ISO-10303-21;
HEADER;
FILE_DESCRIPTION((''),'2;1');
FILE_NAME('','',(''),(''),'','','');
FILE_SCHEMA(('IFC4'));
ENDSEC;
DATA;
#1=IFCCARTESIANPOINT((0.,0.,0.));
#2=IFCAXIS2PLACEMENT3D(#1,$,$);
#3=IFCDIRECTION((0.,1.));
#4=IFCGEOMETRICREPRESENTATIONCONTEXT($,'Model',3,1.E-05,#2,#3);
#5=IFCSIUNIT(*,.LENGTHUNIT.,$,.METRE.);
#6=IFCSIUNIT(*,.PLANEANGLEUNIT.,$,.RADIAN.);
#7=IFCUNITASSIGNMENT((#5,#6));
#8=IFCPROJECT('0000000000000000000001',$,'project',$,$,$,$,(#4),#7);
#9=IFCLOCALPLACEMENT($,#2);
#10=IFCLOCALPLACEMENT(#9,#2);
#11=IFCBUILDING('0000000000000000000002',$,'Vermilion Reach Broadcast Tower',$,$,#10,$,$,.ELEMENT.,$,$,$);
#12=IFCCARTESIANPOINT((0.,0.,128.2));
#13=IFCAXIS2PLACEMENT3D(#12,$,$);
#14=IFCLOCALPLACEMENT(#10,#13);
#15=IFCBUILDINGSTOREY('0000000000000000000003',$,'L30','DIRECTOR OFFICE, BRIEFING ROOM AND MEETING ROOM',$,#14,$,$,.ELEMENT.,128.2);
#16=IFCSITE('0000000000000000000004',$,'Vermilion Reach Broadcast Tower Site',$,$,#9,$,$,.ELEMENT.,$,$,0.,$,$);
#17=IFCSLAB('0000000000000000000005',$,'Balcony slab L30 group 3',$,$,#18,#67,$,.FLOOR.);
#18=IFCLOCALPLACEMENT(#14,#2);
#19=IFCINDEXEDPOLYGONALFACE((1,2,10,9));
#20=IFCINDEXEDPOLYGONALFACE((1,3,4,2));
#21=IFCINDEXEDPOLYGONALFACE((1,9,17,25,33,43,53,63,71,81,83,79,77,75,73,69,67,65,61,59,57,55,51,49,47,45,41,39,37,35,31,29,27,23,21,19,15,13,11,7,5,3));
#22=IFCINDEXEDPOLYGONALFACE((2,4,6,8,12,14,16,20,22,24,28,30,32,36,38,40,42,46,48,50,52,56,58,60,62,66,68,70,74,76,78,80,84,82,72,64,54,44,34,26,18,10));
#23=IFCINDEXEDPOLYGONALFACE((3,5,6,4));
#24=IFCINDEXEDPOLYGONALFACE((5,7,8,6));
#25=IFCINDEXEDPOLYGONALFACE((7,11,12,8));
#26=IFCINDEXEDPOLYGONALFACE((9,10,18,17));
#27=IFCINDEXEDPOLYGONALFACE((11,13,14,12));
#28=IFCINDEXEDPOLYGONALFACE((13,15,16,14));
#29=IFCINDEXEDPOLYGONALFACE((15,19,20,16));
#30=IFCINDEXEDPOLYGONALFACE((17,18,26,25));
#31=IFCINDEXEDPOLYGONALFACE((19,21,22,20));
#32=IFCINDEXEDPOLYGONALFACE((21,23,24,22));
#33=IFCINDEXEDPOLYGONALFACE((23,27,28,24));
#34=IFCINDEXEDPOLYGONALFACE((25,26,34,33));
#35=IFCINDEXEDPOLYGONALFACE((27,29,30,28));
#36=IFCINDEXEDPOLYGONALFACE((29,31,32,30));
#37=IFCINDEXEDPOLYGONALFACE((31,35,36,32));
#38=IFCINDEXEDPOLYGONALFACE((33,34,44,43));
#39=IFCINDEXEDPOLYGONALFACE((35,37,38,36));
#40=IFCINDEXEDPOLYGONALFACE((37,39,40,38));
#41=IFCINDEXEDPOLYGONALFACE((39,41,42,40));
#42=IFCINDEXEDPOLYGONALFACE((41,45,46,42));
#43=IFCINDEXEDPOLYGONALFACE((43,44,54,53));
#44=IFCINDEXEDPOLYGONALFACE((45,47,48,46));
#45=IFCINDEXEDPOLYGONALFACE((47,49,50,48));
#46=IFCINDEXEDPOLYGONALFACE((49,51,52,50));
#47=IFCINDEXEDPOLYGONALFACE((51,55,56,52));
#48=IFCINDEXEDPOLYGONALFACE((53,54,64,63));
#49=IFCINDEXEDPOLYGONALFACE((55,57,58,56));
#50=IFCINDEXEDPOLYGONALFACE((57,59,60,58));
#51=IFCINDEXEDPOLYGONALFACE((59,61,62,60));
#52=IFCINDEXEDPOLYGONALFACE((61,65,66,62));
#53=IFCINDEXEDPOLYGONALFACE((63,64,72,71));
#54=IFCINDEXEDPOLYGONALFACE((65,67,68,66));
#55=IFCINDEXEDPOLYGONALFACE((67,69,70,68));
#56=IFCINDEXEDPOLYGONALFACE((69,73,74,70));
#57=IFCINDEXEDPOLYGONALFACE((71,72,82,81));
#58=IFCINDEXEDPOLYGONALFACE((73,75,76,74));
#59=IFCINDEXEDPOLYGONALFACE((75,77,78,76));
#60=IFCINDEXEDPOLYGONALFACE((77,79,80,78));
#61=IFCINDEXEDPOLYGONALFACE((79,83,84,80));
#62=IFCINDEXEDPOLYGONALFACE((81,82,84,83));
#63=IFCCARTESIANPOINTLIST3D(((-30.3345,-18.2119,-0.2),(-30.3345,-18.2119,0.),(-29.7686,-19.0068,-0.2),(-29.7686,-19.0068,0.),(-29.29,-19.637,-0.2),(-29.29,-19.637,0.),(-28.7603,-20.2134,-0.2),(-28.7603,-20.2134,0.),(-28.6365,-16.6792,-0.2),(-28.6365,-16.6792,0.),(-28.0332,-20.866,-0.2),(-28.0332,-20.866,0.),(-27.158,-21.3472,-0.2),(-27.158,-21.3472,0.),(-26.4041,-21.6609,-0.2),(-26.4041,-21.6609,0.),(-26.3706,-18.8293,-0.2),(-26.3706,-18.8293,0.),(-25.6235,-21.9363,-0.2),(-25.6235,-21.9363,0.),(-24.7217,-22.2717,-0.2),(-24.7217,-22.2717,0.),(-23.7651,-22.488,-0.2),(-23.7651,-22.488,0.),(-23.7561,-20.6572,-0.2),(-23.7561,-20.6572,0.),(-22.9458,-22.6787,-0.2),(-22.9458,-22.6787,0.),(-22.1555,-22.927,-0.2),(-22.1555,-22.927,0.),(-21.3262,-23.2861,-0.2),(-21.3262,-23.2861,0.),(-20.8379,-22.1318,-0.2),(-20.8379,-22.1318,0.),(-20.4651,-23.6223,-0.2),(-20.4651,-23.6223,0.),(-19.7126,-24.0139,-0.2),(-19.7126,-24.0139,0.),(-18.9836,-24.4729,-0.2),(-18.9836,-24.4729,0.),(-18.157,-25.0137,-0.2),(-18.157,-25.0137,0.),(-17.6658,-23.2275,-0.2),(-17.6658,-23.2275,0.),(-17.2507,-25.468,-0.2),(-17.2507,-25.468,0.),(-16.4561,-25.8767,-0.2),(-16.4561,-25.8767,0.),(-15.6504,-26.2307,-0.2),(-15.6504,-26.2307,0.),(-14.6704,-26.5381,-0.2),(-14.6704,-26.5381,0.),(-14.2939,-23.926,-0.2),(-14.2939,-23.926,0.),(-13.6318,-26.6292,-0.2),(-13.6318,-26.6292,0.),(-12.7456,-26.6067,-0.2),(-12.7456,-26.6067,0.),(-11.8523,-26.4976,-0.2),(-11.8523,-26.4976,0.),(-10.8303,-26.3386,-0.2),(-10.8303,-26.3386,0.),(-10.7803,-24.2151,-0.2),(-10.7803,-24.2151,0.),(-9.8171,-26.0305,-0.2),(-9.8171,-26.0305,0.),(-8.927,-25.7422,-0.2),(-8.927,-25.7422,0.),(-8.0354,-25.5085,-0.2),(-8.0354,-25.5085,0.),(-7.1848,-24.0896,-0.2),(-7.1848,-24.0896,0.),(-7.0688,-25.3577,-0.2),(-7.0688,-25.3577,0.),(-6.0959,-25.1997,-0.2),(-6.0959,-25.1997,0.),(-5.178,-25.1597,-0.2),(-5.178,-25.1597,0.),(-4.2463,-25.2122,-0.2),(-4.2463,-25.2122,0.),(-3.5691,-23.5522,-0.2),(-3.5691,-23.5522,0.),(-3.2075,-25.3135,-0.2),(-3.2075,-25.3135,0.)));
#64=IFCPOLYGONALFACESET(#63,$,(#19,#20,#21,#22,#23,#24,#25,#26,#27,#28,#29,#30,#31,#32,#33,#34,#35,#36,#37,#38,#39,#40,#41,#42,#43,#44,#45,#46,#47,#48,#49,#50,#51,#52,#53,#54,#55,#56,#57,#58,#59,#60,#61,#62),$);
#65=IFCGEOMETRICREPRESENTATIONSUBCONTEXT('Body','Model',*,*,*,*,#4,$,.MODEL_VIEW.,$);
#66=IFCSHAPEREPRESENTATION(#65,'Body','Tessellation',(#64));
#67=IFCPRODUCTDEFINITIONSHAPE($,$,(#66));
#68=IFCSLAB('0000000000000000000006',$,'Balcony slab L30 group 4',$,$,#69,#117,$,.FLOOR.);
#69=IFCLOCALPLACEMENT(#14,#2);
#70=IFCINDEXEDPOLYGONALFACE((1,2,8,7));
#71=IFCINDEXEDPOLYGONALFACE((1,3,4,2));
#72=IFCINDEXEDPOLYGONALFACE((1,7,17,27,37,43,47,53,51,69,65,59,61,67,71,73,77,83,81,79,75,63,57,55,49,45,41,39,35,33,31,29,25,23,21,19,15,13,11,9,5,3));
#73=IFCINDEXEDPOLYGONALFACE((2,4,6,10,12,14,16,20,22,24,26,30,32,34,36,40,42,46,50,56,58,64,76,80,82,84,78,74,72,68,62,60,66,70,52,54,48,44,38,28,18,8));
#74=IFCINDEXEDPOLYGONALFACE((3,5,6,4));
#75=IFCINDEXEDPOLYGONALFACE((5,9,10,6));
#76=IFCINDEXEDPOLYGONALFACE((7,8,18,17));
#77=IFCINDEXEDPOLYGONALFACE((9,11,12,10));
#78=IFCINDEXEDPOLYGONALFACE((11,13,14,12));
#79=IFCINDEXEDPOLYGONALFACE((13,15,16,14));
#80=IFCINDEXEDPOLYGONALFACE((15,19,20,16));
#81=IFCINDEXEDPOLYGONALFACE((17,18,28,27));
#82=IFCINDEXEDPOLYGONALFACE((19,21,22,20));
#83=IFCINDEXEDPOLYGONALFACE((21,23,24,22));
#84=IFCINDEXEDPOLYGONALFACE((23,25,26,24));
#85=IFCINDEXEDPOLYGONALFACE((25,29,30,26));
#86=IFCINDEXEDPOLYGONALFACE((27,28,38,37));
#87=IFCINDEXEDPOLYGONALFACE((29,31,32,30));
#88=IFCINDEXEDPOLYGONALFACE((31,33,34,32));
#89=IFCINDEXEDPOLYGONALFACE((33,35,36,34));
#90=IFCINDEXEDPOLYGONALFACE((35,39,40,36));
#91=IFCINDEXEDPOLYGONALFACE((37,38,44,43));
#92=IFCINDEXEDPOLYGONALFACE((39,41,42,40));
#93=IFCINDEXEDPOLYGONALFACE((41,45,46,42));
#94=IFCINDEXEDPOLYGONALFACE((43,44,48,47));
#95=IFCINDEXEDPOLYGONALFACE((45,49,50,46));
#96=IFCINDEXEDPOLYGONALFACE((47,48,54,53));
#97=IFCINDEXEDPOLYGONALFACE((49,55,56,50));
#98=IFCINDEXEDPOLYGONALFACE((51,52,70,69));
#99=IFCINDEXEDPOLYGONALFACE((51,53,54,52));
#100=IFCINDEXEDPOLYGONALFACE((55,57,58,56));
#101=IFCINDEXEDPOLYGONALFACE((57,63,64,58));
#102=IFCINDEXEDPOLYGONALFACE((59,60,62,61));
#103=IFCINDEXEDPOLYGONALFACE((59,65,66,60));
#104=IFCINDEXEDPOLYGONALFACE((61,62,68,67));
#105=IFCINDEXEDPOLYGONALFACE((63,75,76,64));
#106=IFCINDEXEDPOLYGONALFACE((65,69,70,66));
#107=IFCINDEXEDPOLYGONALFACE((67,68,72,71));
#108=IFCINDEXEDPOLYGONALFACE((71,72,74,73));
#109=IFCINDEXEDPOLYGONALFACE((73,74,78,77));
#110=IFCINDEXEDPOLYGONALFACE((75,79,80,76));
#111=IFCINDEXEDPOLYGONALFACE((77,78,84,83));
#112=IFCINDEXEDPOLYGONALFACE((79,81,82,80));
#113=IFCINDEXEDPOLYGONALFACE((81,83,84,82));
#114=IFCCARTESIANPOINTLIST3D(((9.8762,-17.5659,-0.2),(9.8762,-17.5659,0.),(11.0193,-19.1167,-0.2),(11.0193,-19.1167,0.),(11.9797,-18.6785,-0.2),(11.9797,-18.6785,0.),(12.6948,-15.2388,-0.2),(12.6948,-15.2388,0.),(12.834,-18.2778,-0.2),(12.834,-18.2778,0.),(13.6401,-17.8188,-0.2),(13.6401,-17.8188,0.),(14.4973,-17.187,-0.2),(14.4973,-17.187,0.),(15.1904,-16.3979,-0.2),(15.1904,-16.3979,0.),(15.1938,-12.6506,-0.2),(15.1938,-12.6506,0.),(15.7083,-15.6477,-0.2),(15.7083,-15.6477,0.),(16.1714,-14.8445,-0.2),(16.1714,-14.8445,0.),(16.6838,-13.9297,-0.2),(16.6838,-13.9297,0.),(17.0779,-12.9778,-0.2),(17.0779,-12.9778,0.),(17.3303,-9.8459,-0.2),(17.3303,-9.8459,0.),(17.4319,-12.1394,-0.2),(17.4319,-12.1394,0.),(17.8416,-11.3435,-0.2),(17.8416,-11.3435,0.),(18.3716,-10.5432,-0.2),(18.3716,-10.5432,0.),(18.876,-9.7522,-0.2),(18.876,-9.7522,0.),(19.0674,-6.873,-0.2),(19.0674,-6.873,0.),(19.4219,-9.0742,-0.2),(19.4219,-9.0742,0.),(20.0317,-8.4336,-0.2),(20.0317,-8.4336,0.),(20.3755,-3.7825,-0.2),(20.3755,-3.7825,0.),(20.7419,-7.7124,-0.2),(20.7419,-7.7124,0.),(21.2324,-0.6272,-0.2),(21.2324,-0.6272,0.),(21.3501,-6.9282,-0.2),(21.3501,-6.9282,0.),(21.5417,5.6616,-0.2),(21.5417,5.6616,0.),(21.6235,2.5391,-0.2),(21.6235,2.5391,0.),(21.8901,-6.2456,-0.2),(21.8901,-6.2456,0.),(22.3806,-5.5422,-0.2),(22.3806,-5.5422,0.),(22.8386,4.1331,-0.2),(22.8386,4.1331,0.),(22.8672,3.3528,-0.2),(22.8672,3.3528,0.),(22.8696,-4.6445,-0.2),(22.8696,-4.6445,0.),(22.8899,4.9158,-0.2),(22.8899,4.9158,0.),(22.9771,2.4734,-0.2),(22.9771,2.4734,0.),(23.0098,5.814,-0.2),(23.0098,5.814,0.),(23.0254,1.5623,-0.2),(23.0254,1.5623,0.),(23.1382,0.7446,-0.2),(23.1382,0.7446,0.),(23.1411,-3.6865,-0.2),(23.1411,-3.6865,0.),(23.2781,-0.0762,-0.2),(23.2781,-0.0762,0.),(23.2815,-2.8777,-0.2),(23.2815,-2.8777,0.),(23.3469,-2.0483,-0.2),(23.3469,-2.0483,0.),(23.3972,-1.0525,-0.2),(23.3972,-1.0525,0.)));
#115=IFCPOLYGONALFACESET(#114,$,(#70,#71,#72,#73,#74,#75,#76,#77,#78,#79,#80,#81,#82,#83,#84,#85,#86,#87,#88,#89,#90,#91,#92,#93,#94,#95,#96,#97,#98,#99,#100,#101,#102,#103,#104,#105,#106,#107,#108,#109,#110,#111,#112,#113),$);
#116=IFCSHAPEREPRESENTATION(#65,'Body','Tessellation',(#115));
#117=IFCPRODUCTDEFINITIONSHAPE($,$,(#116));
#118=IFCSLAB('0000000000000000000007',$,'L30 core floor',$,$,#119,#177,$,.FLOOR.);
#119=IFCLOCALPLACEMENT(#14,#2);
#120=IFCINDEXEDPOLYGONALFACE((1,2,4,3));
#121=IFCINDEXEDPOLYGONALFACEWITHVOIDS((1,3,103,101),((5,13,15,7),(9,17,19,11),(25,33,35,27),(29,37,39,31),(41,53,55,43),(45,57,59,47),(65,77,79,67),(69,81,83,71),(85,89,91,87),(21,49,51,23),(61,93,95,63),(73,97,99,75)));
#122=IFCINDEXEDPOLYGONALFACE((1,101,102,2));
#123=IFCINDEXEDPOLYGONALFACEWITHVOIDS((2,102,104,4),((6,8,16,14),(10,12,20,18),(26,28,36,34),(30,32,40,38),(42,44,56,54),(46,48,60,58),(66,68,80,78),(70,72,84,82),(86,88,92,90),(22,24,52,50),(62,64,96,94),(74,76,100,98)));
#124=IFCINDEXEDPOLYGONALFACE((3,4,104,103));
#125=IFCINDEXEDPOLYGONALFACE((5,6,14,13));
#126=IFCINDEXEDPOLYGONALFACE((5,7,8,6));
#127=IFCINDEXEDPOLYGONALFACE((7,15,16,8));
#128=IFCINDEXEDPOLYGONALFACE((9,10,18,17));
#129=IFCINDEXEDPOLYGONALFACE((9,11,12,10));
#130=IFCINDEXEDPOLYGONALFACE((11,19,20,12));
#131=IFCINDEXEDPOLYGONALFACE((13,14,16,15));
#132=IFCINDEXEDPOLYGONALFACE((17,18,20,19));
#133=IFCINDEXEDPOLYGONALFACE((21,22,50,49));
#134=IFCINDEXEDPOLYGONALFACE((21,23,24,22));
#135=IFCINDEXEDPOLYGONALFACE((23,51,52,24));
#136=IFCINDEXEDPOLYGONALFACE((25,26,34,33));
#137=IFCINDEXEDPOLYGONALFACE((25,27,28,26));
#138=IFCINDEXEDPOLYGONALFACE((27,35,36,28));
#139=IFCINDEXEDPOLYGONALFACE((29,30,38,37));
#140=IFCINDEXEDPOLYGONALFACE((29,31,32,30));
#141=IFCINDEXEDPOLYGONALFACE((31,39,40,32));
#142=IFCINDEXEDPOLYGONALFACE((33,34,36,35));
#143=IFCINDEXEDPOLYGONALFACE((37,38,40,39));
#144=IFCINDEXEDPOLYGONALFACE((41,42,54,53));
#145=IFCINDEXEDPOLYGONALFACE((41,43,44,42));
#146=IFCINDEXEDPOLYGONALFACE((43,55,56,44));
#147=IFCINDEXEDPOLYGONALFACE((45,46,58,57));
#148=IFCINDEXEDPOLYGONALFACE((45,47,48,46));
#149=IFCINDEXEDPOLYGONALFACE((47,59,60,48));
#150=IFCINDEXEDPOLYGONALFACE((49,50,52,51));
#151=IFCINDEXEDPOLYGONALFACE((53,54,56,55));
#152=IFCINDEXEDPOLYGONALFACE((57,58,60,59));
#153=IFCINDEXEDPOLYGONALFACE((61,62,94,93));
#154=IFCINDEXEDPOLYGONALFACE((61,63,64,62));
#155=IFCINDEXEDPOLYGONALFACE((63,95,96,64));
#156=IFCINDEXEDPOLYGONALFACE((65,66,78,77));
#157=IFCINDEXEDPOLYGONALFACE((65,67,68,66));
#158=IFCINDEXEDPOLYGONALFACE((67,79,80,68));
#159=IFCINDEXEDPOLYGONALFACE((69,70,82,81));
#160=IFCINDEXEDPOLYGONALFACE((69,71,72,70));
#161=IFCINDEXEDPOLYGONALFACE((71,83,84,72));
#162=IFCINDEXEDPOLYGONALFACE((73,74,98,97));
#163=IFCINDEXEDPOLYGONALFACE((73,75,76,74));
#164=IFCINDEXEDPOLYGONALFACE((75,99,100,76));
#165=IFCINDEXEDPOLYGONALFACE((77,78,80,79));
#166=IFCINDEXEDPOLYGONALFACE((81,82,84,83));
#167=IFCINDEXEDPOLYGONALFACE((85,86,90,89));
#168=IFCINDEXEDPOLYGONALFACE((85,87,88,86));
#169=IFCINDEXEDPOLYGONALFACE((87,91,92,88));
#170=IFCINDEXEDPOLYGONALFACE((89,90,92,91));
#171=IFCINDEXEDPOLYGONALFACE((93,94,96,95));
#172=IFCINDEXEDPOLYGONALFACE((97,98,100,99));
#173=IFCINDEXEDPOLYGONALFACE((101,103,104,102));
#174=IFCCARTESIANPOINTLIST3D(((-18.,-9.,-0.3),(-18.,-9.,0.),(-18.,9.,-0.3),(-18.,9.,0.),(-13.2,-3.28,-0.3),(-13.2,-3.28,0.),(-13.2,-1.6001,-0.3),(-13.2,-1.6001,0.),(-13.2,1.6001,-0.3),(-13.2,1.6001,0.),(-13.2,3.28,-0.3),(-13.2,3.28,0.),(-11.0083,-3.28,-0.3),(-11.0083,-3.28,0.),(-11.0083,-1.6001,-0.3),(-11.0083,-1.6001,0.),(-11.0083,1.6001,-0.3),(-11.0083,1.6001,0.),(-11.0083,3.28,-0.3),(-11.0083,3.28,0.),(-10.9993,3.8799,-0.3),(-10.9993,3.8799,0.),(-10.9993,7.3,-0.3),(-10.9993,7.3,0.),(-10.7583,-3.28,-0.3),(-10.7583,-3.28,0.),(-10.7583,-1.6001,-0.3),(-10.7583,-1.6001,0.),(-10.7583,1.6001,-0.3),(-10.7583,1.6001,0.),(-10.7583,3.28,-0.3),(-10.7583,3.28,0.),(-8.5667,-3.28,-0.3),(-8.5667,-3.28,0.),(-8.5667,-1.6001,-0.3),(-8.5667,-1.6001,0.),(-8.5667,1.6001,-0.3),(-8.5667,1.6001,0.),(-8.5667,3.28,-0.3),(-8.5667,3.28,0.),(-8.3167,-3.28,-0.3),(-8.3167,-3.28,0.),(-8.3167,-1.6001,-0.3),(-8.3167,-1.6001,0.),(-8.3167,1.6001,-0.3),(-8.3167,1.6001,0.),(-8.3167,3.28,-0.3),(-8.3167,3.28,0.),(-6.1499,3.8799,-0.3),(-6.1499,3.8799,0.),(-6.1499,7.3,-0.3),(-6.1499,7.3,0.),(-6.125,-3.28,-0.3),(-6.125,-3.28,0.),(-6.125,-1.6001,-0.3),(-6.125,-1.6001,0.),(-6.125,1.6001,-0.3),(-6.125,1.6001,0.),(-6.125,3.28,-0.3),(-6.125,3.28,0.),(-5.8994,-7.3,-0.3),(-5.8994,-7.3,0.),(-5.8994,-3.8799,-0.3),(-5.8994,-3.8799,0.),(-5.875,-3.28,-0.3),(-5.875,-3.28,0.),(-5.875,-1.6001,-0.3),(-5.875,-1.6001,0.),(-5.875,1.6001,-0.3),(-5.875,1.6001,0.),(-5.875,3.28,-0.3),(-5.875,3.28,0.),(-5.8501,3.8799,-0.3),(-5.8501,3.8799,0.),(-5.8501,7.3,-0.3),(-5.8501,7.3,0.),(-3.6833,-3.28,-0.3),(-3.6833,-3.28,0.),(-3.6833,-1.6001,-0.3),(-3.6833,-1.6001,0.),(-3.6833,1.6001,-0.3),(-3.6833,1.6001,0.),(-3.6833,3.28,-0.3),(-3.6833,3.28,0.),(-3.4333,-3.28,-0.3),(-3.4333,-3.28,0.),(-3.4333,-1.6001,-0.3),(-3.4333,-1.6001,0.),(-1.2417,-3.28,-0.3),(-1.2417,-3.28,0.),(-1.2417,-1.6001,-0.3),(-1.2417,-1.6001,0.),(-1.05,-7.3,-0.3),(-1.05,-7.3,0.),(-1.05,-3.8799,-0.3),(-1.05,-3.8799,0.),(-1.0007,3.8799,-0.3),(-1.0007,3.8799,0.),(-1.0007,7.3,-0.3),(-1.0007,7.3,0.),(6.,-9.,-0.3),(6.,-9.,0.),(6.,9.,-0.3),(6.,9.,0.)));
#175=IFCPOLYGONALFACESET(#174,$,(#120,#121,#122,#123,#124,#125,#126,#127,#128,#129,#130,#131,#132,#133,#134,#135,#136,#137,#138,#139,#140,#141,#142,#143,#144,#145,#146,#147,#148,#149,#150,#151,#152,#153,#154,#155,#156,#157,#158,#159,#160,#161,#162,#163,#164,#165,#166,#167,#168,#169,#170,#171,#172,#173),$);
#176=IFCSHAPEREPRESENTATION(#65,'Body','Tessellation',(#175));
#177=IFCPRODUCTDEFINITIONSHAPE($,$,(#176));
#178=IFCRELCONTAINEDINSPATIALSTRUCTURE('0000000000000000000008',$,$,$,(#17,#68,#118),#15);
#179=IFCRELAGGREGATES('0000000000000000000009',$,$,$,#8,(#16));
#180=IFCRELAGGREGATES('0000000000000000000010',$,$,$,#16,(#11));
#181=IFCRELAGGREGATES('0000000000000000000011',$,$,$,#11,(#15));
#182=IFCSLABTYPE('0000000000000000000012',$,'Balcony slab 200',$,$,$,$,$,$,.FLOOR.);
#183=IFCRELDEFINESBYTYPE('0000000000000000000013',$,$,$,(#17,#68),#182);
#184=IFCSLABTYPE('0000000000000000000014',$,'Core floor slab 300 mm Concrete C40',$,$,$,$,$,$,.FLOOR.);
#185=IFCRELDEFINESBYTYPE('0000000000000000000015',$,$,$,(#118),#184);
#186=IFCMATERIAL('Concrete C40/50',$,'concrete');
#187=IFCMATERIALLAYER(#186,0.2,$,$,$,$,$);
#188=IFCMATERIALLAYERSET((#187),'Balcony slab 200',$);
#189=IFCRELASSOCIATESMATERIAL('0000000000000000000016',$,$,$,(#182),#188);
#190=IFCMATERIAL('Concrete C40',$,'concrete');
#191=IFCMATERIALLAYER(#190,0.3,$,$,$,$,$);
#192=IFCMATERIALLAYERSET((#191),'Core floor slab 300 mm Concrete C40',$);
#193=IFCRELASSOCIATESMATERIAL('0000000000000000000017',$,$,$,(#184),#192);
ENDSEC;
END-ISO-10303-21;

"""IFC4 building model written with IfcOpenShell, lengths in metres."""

from ifc_helpers import new_model, si_unit, direction, frame, origin, place, context, subcontext, project, spatial, polyline, outline, extrude, material, layer, layer_set, type_object, element, save


model = new_model("IFC4")

# Units and contexts
model_context = context("Model", 3, precision=1e-05, world=origin(), true_north=direction((0.0, 1.0)))
body_context = subcontext(model_context, "Body", "Model", "MODEL_VIEW")
ifc_project = project(units=[si_unit("LENGTHUNIT", "METRE"), si_unit("PLANEANGLEUNIT", "RADIAN")], contexts=[model_context])

# Site, building, storey
site_placement = place(None, origin())
site = spatial("IfcSite", under=ifc_project, at=site_placement, Name="Vermilion Reach Broadcast Tower Site", CompositionType="ELEMENT", RefElevation=0.0)
building_placement = place(site_placement, origin())
building = spatial("IfcBuilding", under=site, at=building_placement, Name="Vermilion Reach Broadcast Tower", CompositionType="ELEMENT")
storey_placement = place(building_placement, frame((0.0, 0.0, 128.2)))
storey = spatial("IfcBuildingStorey", under=building, at=storey_placement, Name="L30", Description="DIRECTOR OFFICE, BRIEFING ROOM AND MEETING ROOM", CompositionType="ELEMENT", Elevation=128.2)

# Slabs
ifc_material_1 = material(Name="Concrete C40/50", Category="concrete")
ifc_layer_1 = layer(ifc_material_1, 0.2)
ifc_layer_set_1 = layer_set([ifc_layer_1], Name="Balcony slab 200")
slab_type_1 = type_object("IfcSlabType", Name="Balcony slab 200", PredefinedType="FLOOR", material=ifc_layer_set_1)
placement_1 = place(storey_placement, frame((0.0, 0.0, -0.2)))
element("IfcSlab", 1, at=placement_1, inside=storey, type_object=slab_type_1, Name="Balcony slab L30 group 3", PredefinedType="FLOOR", context=body_context, shape_type="SweptSolid", body=[
    extrude(outline(polyline([(-28.6365, -16.6792), (-26.3706, -18.8293), (-23.7561, -20.6572), (-20.8379, -22.1318), (-17.6658, -23.2275), (-14.2939, -23.926), (-10.7803, -24.2151), (-7.1848, -24.0896), (-3.5691, -23.5522), (-3.2075, -25.3135), (-4.2463, -25.2122), (-5.178, -25.1597), (-6.0959, -25.1997), (-7.0688, -25.3577), (-8.0354, -25.5085), (-8.927, -25.7422), (-9.8171, -26.0305), (-10.8303, -26.3386), (-11.8523, -26.4976), (-12.7456, -26.6067), (-13.6318, -26.6292), (-14.6704, -26.5381), (-15.6504, -26.2307), (-16.4561, -25.8767), (-17.2507, -25.468), (-18.157, -25.0137), (-18.9836, -24.4729), (-19.7126, -24.0139), (-20.4651, -23.6223), (-21.3262, -23.2861), (-22.1555, -22.927), (-22.9458, -22.6787), (-23.7651, -22.488), (-24.7217, -22.2717), (-25.6235, -21.9363), (-26.4041, -21.6609), (-27.158, -21.3472), (-28.0332, -20.866), (-28.7603, -20.2134), (-29.29, -19.637), (-29.7686, -19.0068), (-30.3345, -18.2119), (-28.6365, -16.6792)])), origin(), (0.0, 0.0, 1.0), 0.2),
])
element("IfcSlab", 2, at=placement_1, inside=storey, type_object=slab_type_1, Name="Balcony slab L30 group 4", PredefinedType="FLOOR", context=body_context, shape_type="SweptSolid", body=[
    extrude(outline(polyline([(9.8762, -17.5659), (12.6948, -15.2388), (15.1938, -12.6506), (17.3303, -9.8459), (19.0674, -6.873), (20.3755, -3.7825), (21.2324, -0.6272), (21.6235, 2.5391), (21.5417, 5.6616), (23.0098, 5.814), (22.8899, 4.9158), (22.8386, 4.1331), (22.8672, 3.3528), (22.9771, 2.4734), (23.0254, 1.5623), (23.1382, 0.7446), (23.2781, -0.0762), (23.3972, -1.0525), (23.3469, -2.0483), (23.2815, -2.8777), (23.1411, -3.6865), (22.8696, -4.6445), (22.3806, -5.5422), (21.8901, -6.2456), (21.3501, -6.9282), (20.7419, -7.7124), (20.0317, -8.4336), (19.4219, -9.0742), (18.876, -9.7522), (18.3716, -10.5432), (17.8416, -11.3435), (17.4319, -12.1394), (17.0779, -12.9778), (16.6838, -13.9297), (16.1714, -14.8445), (15.7083, -15.6477), (15.1904, -16.3979), (14.4973, -17.187), (13.6401, -17.8188), (12.834, -18.2778), (11.9797, -18.6785), (11.0193, -19.1167), (9.8762, -17.5659)])), origin(), (0.0, 0.0, 1.0), 0.2),
])
ifc_material_2 = material(Name="Concrete C40", Category="concrete")
ifc_layer_2 = layer(ifc_material_2, 0.3)
ifc_layer_set_2 = layer_set([ifc_layer_2], Name="Core floor slab 300 mm Concrete C40")
slab_type_2 = type_object("IfcSlabType", Name="Core floor slab 300 mm Concrete C40", PredefinedType="FLOOR", material=ifc_layer_set_2)
slab_1_placement = place(storey_placement, frame((0.0, 0.0, -0.3)))
element("IfcSlab", 3, at=slab_1_placement, inside=storey, type_object=slab_type_2, Name="L30 core floor", PredefinedType="FLOOR", context=body_context, shape_type="SweptSolid", body=[
    extrude(outline(polyline([(-18.0, -9.0), (6.0, -9.0), (6.0, 9.0), (-18.0, 9.0), (-18.0, -9.0)]), holes=[polyline([(-13.2, 1.6001), (-11.0083, 1.6001), (-11.0083, 3.28), (-13.2, 3.28), (-13.2, 1.6001)]), polyline([(-10.7583, 1.6001), (-8.5667, 1.6001), (-8.5667, 3.28), (-10.7583, 3.28), (-10.7583, 1.6001)]), polyline([(-8.3167, 1.6001), (-6.125, 1.6001), (-6.125, 3.28), (-8.3167, 3.28), (-8.3167, 1.6001)]), polyline([(-5.875, 1.6001), (-3.6833, 1.6001), (-3.6833, 3.28), (-5.875, 3.28), (-5.875, 1.6001)]), polyline([(-13.2, -3.28), (-11.0083, -3.28), (-11.0083, -1.6001), (-13.2, -1.6001), (-13.2, -3.28)]), polyline([(-10.7583, -3.28), (-8.5667, -3.28), (-8.5667, -1.6001), (-10.7583, -1.6001), (-10.7583, -3.28)]), polyline([(-8.3167, -3.28), (-6.125, -3.28), (-6.125, -1.6001), (-8.3167, -1.6001), (-8.3167, -3.28)]), polyline([(-5.875, -3.28), (-3.6833, -3.28), (-3.6833, -1.6001), (-5.875, -1.6001), (-5.875, -3.28)]), polyline([(-3.4333, -3.28), (-1.2417, -3.28), (-1.2417, -1.6001), (-3.4333, -1.6001), (-3.4333, -3.28)]), polyline([(-10.9993, 3.8799), (-6.1499, 3.8799), (-6.1499, 7.3), (-10.9993, 7.3), (-10.9993, 3.8799)]), polyline([(-1.0007, 7.3), (-5.8501, 7.3), (-5.8501, 3.8799), (-1.0007, 3.8799), (-1.0007, 7.3)]), polyline([(-5.8994, -7.3), (-1.05, -7.3), (-1.05, -3.8799), (-5.8994, -3.8799), (-5.8994, -7.3)])]), origin(), (0.0, 0.0, 1.0), 0.3),
])

save(model, "model.ifc")
